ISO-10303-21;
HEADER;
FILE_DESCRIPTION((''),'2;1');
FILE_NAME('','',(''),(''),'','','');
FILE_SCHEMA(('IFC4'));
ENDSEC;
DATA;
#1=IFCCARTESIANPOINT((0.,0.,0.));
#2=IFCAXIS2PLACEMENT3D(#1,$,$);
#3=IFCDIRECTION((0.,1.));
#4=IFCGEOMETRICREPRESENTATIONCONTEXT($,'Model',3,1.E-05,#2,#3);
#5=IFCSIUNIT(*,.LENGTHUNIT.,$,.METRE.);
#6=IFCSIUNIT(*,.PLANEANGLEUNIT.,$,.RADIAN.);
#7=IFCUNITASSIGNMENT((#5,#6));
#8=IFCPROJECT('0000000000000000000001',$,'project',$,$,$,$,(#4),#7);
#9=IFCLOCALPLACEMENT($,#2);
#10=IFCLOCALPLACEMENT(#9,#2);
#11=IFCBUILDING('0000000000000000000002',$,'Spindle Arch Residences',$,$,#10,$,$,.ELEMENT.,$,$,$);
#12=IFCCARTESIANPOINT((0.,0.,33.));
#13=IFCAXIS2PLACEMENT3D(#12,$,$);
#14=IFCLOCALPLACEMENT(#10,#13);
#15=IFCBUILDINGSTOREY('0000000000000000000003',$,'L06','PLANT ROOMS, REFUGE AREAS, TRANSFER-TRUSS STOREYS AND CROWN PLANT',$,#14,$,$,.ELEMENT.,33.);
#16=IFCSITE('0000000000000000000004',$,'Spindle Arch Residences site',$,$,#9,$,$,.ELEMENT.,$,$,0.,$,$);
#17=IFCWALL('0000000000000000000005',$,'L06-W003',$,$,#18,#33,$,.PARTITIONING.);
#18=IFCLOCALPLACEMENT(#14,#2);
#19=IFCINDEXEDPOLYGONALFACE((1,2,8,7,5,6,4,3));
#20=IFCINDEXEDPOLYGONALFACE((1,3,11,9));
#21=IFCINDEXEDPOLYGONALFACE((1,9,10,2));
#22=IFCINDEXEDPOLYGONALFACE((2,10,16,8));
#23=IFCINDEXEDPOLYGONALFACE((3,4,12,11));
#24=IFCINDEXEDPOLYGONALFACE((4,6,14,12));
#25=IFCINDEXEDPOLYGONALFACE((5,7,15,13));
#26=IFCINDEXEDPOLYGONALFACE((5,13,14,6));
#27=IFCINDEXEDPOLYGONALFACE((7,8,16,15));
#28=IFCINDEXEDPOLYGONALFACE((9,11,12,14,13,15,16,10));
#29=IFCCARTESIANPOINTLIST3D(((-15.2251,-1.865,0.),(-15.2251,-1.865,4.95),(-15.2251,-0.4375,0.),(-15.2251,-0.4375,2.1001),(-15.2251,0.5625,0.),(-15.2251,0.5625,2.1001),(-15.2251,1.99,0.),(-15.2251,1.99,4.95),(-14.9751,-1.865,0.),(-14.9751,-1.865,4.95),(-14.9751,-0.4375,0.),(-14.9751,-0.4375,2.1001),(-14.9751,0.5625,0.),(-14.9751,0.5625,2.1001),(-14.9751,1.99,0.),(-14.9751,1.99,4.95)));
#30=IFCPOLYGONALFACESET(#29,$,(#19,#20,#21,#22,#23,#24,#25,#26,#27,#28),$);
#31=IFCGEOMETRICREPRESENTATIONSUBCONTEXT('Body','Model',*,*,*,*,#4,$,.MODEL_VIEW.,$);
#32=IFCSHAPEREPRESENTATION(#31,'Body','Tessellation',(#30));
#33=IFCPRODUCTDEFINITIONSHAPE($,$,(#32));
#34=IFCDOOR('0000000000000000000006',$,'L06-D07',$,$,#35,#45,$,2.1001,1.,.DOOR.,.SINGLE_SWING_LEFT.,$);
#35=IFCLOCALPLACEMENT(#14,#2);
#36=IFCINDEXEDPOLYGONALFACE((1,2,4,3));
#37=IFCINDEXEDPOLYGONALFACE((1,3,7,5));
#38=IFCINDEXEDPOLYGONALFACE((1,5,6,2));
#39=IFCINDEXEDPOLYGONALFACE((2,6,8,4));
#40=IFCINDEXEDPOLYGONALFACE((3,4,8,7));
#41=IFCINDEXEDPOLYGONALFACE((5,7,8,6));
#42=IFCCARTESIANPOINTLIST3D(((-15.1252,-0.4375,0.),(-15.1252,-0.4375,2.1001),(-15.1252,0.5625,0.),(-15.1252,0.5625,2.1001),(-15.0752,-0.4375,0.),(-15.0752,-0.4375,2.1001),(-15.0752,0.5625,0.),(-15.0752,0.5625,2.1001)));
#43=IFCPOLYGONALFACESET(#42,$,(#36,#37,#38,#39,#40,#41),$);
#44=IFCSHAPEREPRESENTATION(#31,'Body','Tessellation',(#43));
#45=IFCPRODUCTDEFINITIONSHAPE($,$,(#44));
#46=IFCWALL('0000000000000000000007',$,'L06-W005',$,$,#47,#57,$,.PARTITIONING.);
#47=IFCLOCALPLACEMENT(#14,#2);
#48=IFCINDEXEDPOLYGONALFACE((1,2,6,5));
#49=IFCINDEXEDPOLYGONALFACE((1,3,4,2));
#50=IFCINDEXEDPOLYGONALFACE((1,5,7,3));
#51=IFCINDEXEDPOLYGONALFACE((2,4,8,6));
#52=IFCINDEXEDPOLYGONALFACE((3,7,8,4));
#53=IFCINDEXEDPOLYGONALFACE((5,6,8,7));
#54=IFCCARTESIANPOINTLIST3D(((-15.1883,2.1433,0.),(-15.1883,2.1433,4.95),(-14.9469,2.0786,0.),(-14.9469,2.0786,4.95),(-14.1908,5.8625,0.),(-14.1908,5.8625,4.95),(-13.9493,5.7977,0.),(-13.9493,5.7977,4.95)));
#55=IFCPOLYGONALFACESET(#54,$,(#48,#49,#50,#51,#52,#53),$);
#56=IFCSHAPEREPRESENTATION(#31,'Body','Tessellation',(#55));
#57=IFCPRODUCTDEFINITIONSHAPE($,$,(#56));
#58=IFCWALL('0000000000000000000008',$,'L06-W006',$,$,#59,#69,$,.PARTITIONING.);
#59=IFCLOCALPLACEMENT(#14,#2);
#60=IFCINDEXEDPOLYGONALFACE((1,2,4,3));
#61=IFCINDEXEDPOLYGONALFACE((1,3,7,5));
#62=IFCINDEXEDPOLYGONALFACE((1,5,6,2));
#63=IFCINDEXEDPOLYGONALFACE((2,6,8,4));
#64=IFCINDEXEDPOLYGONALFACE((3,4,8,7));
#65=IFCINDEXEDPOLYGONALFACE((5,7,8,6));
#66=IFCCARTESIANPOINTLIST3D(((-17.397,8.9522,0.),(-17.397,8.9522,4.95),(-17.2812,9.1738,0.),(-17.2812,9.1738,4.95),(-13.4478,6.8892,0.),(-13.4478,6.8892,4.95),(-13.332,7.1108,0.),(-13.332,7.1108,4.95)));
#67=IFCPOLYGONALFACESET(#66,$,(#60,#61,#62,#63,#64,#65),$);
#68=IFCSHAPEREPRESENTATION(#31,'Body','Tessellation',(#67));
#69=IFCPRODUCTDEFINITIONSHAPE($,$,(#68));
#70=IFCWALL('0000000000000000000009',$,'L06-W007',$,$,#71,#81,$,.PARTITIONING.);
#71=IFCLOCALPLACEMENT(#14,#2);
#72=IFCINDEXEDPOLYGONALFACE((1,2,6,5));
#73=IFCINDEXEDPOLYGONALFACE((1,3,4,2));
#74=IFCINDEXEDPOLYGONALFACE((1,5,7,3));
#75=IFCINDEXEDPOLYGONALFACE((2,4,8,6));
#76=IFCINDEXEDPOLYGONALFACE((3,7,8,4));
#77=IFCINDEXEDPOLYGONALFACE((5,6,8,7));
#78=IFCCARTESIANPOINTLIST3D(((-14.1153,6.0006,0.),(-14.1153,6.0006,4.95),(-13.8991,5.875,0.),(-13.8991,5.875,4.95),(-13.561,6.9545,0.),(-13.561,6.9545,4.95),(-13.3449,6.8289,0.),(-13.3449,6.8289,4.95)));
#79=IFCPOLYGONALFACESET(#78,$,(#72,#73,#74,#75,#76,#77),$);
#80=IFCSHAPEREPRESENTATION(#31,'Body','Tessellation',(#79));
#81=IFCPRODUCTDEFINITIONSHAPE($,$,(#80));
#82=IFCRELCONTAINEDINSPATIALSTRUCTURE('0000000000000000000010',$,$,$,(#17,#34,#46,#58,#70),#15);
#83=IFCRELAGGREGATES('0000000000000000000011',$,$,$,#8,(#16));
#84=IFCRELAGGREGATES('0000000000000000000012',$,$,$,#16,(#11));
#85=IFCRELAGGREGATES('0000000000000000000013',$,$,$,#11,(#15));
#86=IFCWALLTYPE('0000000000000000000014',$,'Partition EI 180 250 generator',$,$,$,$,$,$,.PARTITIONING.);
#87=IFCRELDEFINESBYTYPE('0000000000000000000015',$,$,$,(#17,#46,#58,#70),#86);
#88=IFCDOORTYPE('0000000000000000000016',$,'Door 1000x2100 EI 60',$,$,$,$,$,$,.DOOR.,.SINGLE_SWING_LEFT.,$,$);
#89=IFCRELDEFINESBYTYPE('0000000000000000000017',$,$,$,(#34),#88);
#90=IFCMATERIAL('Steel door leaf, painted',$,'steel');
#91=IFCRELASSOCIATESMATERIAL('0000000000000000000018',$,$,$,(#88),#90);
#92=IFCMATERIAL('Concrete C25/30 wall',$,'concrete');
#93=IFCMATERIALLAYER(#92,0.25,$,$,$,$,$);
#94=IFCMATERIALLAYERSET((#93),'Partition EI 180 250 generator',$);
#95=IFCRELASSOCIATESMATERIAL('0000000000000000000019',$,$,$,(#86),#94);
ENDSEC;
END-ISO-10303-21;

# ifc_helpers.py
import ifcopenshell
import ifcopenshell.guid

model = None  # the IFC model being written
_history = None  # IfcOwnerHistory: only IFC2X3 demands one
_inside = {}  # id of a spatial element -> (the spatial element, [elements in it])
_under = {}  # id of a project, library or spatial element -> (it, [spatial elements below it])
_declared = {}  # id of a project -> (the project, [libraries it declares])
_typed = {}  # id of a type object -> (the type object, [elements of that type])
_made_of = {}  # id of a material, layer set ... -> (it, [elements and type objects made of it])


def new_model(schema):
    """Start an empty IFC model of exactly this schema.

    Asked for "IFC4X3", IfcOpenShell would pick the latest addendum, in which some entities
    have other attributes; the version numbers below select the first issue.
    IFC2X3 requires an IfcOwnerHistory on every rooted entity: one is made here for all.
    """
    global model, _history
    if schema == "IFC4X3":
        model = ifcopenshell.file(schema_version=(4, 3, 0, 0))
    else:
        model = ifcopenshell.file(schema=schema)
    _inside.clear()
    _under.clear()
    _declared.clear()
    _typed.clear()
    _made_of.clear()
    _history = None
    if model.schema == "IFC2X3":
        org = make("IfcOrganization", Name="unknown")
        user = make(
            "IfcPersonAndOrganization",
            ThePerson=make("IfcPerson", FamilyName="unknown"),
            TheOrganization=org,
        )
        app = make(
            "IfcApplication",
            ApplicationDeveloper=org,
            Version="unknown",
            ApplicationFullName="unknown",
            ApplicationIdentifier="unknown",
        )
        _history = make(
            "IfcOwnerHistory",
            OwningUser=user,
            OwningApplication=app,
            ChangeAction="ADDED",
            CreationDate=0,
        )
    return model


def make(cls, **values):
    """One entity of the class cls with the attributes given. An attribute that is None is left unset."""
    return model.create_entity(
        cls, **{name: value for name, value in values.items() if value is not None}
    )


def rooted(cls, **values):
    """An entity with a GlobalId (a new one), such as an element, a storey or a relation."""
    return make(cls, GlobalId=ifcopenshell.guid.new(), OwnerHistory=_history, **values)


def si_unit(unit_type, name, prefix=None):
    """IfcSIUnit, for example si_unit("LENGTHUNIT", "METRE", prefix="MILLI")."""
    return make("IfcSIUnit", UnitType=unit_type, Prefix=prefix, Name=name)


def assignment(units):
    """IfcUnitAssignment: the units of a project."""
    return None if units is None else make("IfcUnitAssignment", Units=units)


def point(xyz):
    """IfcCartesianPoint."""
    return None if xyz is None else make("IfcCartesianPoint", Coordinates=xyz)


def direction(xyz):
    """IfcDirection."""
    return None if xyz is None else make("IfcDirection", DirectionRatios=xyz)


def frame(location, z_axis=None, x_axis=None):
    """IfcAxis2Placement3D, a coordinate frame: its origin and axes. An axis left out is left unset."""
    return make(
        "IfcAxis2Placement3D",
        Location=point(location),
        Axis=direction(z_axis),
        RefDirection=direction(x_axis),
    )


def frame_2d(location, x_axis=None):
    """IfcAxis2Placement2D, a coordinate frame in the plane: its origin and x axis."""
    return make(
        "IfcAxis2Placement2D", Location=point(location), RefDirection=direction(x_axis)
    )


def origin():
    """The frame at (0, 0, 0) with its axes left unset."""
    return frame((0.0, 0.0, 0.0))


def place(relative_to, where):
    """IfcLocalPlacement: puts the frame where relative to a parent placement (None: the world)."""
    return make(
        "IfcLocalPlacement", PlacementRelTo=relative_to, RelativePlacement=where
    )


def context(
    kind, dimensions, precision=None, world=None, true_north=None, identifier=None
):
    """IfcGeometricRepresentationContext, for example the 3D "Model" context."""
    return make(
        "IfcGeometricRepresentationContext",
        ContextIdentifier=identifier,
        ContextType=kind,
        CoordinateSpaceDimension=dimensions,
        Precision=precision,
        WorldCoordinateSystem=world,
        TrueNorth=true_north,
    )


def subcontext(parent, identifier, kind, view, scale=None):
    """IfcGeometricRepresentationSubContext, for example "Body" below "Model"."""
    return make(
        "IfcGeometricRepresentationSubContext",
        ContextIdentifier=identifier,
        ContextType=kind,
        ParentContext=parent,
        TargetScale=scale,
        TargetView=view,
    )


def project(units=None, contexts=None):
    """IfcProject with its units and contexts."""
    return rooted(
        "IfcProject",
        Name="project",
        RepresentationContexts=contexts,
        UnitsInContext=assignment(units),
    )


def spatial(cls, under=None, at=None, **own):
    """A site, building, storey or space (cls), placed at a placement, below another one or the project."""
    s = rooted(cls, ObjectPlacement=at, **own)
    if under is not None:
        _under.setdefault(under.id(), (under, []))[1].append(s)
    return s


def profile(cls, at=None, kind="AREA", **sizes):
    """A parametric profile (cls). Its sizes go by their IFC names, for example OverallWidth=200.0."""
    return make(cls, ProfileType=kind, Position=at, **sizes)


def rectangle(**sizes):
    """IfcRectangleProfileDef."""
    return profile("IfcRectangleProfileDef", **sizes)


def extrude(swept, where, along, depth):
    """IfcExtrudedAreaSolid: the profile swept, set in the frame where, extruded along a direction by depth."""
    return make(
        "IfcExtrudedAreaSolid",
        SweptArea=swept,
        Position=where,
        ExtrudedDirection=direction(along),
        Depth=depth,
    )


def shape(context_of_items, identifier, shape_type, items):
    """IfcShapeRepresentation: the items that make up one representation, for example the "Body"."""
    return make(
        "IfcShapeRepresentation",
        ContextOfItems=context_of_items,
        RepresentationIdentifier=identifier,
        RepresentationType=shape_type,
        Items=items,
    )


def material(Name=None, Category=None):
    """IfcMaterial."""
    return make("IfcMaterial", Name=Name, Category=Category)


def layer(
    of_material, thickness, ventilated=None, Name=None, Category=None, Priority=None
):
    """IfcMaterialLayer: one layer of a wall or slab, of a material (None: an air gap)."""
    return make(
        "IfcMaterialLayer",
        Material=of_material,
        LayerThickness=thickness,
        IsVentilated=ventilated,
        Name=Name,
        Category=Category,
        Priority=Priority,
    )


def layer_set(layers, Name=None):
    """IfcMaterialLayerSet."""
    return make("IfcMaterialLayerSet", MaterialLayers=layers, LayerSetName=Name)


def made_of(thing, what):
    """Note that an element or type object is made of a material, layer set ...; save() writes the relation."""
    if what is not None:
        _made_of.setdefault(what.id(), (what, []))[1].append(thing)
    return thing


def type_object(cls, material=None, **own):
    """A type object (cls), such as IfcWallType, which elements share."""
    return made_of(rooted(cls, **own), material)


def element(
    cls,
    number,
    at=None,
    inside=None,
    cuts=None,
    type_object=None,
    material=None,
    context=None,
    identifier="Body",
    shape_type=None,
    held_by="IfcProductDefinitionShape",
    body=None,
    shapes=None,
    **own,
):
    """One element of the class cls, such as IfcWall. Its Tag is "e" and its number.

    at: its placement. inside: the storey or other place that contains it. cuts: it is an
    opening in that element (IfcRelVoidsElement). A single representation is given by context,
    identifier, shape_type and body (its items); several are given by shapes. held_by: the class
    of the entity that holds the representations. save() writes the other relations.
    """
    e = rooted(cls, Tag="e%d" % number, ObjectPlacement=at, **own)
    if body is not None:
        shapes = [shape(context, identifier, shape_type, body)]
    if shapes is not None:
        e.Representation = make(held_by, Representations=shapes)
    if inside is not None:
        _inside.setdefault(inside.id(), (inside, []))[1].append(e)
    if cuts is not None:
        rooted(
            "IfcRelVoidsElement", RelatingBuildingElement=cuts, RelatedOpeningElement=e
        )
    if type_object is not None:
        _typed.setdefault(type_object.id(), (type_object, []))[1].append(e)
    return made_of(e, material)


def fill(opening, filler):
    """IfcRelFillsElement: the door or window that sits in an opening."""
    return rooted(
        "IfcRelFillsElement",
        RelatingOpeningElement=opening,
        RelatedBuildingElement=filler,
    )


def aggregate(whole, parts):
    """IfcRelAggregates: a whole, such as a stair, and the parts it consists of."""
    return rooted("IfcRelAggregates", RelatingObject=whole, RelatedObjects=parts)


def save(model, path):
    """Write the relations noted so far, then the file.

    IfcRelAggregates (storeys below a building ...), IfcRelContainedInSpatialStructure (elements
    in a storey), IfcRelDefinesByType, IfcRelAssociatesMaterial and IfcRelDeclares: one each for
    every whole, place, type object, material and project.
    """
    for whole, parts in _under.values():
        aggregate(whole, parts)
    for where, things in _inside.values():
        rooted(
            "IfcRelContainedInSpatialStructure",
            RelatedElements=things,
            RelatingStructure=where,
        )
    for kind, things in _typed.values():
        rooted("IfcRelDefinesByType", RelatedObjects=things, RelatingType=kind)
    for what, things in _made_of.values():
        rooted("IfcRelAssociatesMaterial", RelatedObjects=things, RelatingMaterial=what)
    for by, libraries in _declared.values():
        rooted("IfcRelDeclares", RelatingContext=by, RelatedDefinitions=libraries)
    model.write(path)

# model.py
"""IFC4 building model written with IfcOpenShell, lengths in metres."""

from ifc_helpers import new_model, si_unit, direction, frame, frame_2d, origin, place, context, subcontext, project, spatial, rectangle, extrude, material, layer, layer_set, type_object, element, fill, save


model = new_model("IFC4")

# Units and contexts
model_context = context("Model", 3, precision=1e-05, world=origin(), true_north=direction((0.0, 1.0)))
body_context = subcontext(model_context, "Body", "Model", "MODEL_VIEW")
ifc_project = project(units=[si_unit("LENGTHUNIT", "METRE"), si_unit("PLANEANGLEUNIT", "RADIAN")], contexts=[model_context])

# Site, building, storey
site_placement = place(None, origin())
site = spatial("IfcSite", under=ifc_project, at=site_placement, Name="Spindle Arch Residences site", CompositionType="ELEMENT", RefElevation=0.0)
building_placement = place(site_placement, origin())
building = spatial("IfcBuilding", under=site, at=building_placement, Name="Spindle Arch Residences", CompositionType="ELEMENT")
storey_placement = place(building_placement, frame((0.0, 0.0, 33.0)))
storey = spatial("IfcBuildingStorey", under=building, at=storey_placement, Name="L06", Description="PLANT ROOMS, REFUGE AREAS, TRANSFER-TRUSS STOREYS AND CROWN PLANT", CompositionType="ELEMENT", Elevation=33.0)

# Shared definitions
ifc_material_1 = material(Name="Steel door leaf, painted", Category="steel")
door_type = type_object("IfcDoorType", Name="Door 1000x2100 EI 60", OperationType="SINGLE_SWING_LEFT", PredefinedType="DOOR", material=ifc_material_1)

# Shared definitions
ifc_material_2 = material(Name="Concrete C25/30 wall", Category="concrete")
ifc_layer_1 = layer(ifc_material_2, 0.25)
ifc_layer_set_1 = layer_set([ifc_layer_1], Name="Partition EI 180 250 generator")
wall_type_1 = type_object("IfcWallType", Name="Partition EI 180 250 generator", PredefinedType="PARTITIONING", material=ifc_layer_set_1)

# Wall, opening, door
wall_1_placement = place(storey_placement, frame((-15.1001, 1.99, 0.0), z_axis=(0.0, 0.0, 1.0), x_axis=(0.0, -1.0, 0.0)))
wall_1 = element("IfcWall", 1, at=wall_1_placement, inside=storey, type_object=wall_type_1, Name="L06-W003", PredefinedType="PARTITIONING", context=body_context, shape_type="SweptSolid", body=[
    extrude(rectangle(XDim=3.855, YDim=0.25, at=frame_2d((1.9275, 0.0))), origin(), (0.0, 0.0, 1.0), 4.95),
])
opening_1_placement = place(wall_1_placement, frame((1.4275, 0.0, 0.0)))
opening_1 = element("IfcOpeningElement", 2, at=opening_1_placement, cuts=wall_1, PredefinedType="OPENING", context=body_context, shape_type="SweptSolid", body=[
    extrude(rectangle(XDim=1.0, YDim=2.1001, at=frame_2d((0.5, 1.05))), frame((0.0, 0.135, 0.0), z_axis=(0.0, -1.0, 0.0), x_axis=(1.0, 0.0, 0.0)), (0.0, 0.0, 1.0), 0.27),
])
door_1_placement = place(opening_1_placement, origin())
door_1 = element("IfcDoor", 3, at=door_1_placement, inside=storey, type_object=door_type, Name="L06-D07", OperationType="SINGLE_SWING_LEFT", OverallHeight=2.1001, OverallWidth=1.0, PredefinedType="DOOR", context=body_context, shape_type="SweptSolid", body=[
    extrude(rectangle(XDim=1.0, YDim=2.1001, at=frame_2d((0.5, 1.05))), frame((0.0, 0.0249, 0.0), z_axis=(0.0, -1.0, 0.0), x_axis=(1.0, 0.0, 0.0)), (0.0, 0.0, 1.0), 0.05),
])
fill(opening_1, door_1)

# Walls
wall_2_placement = place(storey_placement, frame((-14.0701, 5.8301, 0.0), z_axis=(0.0, 0.0, 1.0), x_axis=(-0.259059, -0.965861, 0.0)))
element("IfcWall", 4, at=wall_2_placement, inside=storey, type_object=wall_type_1, Name="L06-W005", PredefinedType="PARTITIONING", context=body_context, shape_type="SweptSolid", body=[
    extrude(rectangle(XDim=3.8506, YDim=0.25, at=frame_2d((1.9253, 0.0))), origin(), (0.0, 0.0, 1.0), 4.95),
])
wall_3_placement = place(storey_placement, frame((-13.3899, 7.0, 0.0), z_axis=(0.0, 0.0, 1.0), x_axis=(-0.886352, 0.463012, 0.0)))
element("IfcWall", 5, at=wall_3_placement, inside=storey, type_object=wall_type_1, Name="L06-W006", PredefinedType="PARTITIONING", context=body_context, shape_type="SweptSolid", body=[
    extrude(rectangle(XDim=4.4556, YDim=0.25, at=frame_2d((2.2278, 0.0))), origin(), (0.0, 0.0, 1.0), 4.95),
])
wall_4_placement = place(storey_placement, frame((-13.4529, 6.8918, 0.0), z_axis=(0.0, 0.0, 1.0), x_axis=(-0.50237, -0.864653, 0.0)))
element("IfcWall", 6, at=wall_4_placement, inside=storey, type_object=wall_type_1, Name="L06-W007", PredefinedType="PARTITIONING", context=body_context, shape_type="SweptSolid", body=[
    extrude(rectangle(XDim=1.1033, YDim=0.25, at=frame_2d((0.5518, 0.0))), origin(), (0.0, 0.0, 1.0), 4.95),
])

save(model, "model.ifc")
